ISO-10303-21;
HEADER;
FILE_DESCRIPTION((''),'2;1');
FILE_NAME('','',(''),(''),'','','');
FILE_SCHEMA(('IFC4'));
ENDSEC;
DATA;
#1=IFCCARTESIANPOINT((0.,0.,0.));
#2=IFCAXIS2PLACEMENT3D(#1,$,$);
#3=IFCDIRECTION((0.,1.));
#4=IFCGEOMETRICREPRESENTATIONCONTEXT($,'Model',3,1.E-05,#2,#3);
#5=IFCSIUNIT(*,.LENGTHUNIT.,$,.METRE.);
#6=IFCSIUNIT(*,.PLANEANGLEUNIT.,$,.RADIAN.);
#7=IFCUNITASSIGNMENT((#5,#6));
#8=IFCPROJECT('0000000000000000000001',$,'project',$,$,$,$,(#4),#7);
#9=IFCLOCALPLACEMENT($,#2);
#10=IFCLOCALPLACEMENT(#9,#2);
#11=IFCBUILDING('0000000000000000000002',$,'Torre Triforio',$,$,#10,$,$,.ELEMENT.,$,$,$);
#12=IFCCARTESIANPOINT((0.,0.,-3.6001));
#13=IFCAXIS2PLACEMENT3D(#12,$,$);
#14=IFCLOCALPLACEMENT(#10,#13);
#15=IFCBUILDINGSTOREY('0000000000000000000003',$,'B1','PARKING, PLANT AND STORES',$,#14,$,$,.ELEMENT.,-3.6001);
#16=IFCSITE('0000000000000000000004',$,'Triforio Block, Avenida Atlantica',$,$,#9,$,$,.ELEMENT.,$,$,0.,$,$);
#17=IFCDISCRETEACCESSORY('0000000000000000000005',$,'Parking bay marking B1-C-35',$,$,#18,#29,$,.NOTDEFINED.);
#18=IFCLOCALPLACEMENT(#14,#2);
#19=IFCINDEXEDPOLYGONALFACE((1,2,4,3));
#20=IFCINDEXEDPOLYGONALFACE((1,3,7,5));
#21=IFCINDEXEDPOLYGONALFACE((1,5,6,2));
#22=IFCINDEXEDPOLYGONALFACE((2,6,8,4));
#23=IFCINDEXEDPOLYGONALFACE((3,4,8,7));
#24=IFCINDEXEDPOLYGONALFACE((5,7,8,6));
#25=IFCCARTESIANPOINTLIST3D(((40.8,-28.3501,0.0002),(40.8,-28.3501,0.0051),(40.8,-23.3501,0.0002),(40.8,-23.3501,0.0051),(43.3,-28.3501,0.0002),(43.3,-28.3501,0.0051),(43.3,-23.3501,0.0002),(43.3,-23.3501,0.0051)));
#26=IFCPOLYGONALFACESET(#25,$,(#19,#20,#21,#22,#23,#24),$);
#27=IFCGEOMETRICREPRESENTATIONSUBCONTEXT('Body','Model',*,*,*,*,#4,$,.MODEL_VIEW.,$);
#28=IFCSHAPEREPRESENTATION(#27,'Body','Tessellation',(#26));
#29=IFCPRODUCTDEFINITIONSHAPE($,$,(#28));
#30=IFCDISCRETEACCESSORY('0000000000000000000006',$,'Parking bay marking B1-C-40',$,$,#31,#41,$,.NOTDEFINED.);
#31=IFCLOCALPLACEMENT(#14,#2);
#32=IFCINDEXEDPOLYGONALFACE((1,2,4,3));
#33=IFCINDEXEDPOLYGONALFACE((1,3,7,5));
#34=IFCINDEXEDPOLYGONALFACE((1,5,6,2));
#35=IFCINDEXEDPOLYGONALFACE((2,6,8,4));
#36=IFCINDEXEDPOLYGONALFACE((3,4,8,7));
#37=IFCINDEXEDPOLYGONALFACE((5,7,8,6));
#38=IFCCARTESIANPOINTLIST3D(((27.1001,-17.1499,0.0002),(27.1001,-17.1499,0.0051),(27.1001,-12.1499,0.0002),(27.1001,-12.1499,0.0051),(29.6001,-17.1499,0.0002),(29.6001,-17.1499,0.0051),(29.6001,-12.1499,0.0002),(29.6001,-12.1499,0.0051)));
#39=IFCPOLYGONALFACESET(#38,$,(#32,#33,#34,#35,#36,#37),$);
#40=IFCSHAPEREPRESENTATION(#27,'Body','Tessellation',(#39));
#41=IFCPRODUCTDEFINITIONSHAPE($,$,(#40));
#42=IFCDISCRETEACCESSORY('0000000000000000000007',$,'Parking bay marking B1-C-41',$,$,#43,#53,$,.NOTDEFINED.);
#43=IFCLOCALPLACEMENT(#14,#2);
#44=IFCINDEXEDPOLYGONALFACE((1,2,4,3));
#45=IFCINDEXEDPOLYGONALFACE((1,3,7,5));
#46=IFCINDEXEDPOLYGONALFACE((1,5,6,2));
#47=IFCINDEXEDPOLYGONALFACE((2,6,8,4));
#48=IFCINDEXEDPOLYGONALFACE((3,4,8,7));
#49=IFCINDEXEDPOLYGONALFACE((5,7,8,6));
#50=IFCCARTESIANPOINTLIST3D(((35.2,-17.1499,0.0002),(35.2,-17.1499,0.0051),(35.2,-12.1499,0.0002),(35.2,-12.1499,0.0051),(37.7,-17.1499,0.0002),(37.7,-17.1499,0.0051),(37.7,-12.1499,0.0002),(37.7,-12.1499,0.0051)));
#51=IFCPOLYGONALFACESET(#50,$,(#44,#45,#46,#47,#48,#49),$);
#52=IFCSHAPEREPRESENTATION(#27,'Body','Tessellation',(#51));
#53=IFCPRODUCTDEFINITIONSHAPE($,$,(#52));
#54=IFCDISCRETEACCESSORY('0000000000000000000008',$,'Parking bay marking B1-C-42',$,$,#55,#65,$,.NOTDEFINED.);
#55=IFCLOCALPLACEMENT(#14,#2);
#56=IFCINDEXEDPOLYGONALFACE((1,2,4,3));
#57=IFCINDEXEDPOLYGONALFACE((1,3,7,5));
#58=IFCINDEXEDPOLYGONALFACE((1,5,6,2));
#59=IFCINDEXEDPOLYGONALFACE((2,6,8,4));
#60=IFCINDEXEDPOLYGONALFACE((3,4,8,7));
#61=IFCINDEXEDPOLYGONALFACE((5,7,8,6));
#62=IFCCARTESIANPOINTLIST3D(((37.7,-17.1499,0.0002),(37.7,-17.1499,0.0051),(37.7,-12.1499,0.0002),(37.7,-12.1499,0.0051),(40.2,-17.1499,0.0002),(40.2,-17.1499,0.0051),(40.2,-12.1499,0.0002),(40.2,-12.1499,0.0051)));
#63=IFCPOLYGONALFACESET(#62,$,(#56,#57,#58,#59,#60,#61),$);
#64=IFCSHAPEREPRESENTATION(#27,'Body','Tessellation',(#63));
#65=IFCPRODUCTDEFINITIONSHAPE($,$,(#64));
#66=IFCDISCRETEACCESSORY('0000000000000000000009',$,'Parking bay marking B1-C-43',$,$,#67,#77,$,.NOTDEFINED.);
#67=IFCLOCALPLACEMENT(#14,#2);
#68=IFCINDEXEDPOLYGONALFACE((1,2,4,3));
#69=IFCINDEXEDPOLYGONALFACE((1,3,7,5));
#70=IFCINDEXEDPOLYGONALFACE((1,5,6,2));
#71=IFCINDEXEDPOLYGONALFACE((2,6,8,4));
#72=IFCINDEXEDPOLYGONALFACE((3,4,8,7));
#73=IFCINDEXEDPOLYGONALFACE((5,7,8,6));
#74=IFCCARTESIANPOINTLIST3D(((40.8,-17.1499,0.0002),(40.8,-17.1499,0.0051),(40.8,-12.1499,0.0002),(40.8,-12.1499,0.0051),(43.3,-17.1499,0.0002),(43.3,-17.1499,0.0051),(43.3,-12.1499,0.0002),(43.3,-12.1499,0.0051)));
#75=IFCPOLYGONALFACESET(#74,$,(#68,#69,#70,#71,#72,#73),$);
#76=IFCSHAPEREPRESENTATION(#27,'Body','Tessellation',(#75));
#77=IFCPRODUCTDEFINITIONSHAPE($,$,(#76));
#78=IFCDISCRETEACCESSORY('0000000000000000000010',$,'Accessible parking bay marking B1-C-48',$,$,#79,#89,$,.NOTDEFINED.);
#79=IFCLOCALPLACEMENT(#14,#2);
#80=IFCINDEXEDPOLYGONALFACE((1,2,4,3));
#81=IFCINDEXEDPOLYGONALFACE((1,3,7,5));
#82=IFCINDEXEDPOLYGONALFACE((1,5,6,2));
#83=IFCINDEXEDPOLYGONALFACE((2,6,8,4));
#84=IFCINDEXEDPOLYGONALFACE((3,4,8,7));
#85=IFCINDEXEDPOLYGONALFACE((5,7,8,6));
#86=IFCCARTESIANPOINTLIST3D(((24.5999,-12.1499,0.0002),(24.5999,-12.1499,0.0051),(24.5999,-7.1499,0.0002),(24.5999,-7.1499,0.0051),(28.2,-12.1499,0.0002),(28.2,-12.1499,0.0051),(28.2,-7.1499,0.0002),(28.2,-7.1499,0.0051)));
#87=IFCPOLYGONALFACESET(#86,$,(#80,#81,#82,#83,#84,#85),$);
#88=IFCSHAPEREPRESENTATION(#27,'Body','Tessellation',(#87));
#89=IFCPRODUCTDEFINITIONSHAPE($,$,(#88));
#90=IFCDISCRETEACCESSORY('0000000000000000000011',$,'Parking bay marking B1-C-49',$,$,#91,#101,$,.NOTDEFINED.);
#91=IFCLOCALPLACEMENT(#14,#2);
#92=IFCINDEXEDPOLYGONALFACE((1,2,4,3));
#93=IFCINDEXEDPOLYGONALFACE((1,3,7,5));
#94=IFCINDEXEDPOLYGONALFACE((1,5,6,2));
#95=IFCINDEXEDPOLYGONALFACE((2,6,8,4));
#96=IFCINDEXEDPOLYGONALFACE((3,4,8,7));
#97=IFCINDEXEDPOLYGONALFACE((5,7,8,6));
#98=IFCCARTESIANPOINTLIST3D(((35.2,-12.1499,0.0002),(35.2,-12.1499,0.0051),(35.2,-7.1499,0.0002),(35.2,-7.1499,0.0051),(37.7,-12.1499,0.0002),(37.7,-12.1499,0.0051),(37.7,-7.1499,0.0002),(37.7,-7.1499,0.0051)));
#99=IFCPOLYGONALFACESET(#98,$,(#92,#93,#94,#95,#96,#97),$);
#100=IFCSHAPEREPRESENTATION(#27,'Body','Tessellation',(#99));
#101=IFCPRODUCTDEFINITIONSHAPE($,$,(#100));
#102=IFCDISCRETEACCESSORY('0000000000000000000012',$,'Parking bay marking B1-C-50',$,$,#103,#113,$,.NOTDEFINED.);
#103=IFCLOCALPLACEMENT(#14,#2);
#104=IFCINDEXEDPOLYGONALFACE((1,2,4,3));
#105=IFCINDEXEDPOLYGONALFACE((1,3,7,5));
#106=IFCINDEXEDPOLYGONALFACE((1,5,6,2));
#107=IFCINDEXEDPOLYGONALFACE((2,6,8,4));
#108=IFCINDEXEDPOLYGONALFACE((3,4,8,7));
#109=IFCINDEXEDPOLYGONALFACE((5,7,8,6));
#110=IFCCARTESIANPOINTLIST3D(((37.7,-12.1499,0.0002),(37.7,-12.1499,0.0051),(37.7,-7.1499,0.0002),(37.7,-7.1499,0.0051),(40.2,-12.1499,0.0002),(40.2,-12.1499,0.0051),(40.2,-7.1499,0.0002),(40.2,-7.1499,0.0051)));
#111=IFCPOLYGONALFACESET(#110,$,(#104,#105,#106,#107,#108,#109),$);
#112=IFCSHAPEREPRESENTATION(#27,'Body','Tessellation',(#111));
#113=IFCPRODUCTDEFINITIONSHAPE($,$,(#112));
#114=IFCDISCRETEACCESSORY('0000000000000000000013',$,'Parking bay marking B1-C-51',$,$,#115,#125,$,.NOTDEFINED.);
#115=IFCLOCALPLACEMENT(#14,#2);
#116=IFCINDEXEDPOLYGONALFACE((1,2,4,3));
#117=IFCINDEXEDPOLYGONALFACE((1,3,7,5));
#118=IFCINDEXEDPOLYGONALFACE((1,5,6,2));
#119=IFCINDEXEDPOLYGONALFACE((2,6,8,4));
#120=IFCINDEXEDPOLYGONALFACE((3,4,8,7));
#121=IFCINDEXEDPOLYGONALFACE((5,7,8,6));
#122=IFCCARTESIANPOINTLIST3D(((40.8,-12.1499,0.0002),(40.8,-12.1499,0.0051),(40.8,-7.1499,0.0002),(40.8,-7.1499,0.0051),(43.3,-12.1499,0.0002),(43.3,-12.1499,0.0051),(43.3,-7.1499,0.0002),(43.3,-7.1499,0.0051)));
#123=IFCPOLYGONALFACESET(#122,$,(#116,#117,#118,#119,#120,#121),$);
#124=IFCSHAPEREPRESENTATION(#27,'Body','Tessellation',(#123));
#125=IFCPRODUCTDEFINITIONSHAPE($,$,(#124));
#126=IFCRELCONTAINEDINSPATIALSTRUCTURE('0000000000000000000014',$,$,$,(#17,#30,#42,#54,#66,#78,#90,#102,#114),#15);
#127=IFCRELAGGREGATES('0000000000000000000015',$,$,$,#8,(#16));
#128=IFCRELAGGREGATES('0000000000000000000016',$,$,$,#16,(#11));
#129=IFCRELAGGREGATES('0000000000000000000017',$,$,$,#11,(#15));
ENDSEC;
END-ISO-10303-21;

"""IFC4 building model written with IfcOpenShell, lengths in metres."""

from ifc_helpers import new_model, si_unit, direction, frame, origin, origin_2d, place, context, subcontext, project, spatial, rectangle, extrude, element, save


model = new_model("IFC4")

# Units and contexts
model_context = context("Model", 3, precision=1e-05, world=origin(), true_north=direction((0.0, 1.0)))
body_context = subcontext(model_context, "Body", "Model", "MODEL_VIEW")
ifc_project = project(units=[si_unit("LENGTHUNIT", "METRE"), si_unit("PLANEANGLEUNIT", "RADIAN")], contexts=[model_context])

# Site, building, storey
site_placement = place(None, origin())
site = spatial("IfcSite", under=ifc_project, at=site_placement, Name="Triforio Block, Avenida Atlantica", CompositionType="ELEMENT", RefElevation=0.0)
building_placement = place(site_placement, origin())
building = spatial("IfcBuilding", under=site, at=building_placement, Name="Torre Triforio", CompositionType="ELEMENT")
storey_placement = place(building_placement, frame((0.0, 0.0, -3.6001)))
storey = spatial("IfcBuildingStorey", under=building, at=storey_placement, Name="B1", Description="PARKING, PLANT AND STORES", CompositionType="ELEMENT", Elevation=-3.6001)

# Discrete accessories
for number, where, z_axis, x_axis, name in (
    (1, (42.05, -25.8501, 0.0002), (0.0, 0.0, 1.0), (1.0, 0.0, 0.0), "Parking bay marking B1-C-35"),
    (2, (28.3501, -14.6499, 0.0002), (0.0, 0.0, 1.0), (1.0, 0.0, 0.0), "Parking bay marking B1-C-40"),
    (3, (36.45, -14.6499, 0.0002), (0.0, 0.0, 1.0), (1.0, 0.0, 0.0), "Parking bay marking B1-C-41"),
    (4, (38.95, -14.6499, 0.0002), (0.0, 0.0, 1.0), (1.0, 0.0, 0.0), "Parking bay marking B1-C-42"),
    (5, (42.05, -14.6499, 0.0002), (0.0, 0.0, 1.0), (1.0, 0.0, 0.0), "Parking bay marking B1-C-43"),
):
    element("IfcDiscreteAccessory", number, at=place(storey_placement, frame(where, z_axis=z_axis, x_axis=x_axis)), inside=storey, Name=name, PredefinedType="NOTDEFINED", context=body_context, shape_type="SweptSolid", body=[
        extrude(rectangle(XDim=2.5, YDim=5.0, at=origin_2d()), origin(), (0.0, 0.0, 1.0), 0.0049),
    ])
discrete_accessory_placement = place(storey_placement, frame((26.3999, -9.6499, 0.0002), z_axis=(0.0, 0.0, 1.0), x_axis=(1.0, 0.0, 0.0)))
element("IfcDiscreteAccessory", 6, at=discrete_accessory_placement, inside=storey, Name="Accessible parking bay marking B1-C-48", PredefinedType="NOTDEFINED", context=body_context, shape_type="SweptSolid", body=[
    extrude(rectangle(XDim=3.6001, YDim=5.0, at=origin_2d()), origin(), (0.0, 0.0, 1.0), 0.0049),
])
for number, where, z_axis, x_axis, name in (
    (7, (36.45, -9.6499, 0.0002), (0.0, 0.0, 1.0), (1.0, 0.0, 0.0), "Parking bay marking B1-C-49"),
    (8, (38.95, -9.6499, 0.0002), (0.0, 0.0, 1.0), (1.0, 0.0, 0.0), "Parking bay marking B1-C-50"),
    (9, (42.05, -9.6499, 0.0002), (0.0, 0.0, 1.0), (1.0, 0.0, 0.0), "Parking bay marking B1-C-51"),
):
    element("IfcDiscreteAccessory", number, at=place(storey_placement, frame(where, z_axis=z_axis, x_axis=x_axis)), inside=storey, Name=name, PredefinedType="NOTDEFINED", context=body_context, shape_type="SweptSolid", body=[
        extrude(rectangle(XDim=2.5, YDim=5.0, at=origin_2d()), origin(), (0.0, 0.0, 1.0), 0.0049),
    ])

save(model, "model.ifc")
